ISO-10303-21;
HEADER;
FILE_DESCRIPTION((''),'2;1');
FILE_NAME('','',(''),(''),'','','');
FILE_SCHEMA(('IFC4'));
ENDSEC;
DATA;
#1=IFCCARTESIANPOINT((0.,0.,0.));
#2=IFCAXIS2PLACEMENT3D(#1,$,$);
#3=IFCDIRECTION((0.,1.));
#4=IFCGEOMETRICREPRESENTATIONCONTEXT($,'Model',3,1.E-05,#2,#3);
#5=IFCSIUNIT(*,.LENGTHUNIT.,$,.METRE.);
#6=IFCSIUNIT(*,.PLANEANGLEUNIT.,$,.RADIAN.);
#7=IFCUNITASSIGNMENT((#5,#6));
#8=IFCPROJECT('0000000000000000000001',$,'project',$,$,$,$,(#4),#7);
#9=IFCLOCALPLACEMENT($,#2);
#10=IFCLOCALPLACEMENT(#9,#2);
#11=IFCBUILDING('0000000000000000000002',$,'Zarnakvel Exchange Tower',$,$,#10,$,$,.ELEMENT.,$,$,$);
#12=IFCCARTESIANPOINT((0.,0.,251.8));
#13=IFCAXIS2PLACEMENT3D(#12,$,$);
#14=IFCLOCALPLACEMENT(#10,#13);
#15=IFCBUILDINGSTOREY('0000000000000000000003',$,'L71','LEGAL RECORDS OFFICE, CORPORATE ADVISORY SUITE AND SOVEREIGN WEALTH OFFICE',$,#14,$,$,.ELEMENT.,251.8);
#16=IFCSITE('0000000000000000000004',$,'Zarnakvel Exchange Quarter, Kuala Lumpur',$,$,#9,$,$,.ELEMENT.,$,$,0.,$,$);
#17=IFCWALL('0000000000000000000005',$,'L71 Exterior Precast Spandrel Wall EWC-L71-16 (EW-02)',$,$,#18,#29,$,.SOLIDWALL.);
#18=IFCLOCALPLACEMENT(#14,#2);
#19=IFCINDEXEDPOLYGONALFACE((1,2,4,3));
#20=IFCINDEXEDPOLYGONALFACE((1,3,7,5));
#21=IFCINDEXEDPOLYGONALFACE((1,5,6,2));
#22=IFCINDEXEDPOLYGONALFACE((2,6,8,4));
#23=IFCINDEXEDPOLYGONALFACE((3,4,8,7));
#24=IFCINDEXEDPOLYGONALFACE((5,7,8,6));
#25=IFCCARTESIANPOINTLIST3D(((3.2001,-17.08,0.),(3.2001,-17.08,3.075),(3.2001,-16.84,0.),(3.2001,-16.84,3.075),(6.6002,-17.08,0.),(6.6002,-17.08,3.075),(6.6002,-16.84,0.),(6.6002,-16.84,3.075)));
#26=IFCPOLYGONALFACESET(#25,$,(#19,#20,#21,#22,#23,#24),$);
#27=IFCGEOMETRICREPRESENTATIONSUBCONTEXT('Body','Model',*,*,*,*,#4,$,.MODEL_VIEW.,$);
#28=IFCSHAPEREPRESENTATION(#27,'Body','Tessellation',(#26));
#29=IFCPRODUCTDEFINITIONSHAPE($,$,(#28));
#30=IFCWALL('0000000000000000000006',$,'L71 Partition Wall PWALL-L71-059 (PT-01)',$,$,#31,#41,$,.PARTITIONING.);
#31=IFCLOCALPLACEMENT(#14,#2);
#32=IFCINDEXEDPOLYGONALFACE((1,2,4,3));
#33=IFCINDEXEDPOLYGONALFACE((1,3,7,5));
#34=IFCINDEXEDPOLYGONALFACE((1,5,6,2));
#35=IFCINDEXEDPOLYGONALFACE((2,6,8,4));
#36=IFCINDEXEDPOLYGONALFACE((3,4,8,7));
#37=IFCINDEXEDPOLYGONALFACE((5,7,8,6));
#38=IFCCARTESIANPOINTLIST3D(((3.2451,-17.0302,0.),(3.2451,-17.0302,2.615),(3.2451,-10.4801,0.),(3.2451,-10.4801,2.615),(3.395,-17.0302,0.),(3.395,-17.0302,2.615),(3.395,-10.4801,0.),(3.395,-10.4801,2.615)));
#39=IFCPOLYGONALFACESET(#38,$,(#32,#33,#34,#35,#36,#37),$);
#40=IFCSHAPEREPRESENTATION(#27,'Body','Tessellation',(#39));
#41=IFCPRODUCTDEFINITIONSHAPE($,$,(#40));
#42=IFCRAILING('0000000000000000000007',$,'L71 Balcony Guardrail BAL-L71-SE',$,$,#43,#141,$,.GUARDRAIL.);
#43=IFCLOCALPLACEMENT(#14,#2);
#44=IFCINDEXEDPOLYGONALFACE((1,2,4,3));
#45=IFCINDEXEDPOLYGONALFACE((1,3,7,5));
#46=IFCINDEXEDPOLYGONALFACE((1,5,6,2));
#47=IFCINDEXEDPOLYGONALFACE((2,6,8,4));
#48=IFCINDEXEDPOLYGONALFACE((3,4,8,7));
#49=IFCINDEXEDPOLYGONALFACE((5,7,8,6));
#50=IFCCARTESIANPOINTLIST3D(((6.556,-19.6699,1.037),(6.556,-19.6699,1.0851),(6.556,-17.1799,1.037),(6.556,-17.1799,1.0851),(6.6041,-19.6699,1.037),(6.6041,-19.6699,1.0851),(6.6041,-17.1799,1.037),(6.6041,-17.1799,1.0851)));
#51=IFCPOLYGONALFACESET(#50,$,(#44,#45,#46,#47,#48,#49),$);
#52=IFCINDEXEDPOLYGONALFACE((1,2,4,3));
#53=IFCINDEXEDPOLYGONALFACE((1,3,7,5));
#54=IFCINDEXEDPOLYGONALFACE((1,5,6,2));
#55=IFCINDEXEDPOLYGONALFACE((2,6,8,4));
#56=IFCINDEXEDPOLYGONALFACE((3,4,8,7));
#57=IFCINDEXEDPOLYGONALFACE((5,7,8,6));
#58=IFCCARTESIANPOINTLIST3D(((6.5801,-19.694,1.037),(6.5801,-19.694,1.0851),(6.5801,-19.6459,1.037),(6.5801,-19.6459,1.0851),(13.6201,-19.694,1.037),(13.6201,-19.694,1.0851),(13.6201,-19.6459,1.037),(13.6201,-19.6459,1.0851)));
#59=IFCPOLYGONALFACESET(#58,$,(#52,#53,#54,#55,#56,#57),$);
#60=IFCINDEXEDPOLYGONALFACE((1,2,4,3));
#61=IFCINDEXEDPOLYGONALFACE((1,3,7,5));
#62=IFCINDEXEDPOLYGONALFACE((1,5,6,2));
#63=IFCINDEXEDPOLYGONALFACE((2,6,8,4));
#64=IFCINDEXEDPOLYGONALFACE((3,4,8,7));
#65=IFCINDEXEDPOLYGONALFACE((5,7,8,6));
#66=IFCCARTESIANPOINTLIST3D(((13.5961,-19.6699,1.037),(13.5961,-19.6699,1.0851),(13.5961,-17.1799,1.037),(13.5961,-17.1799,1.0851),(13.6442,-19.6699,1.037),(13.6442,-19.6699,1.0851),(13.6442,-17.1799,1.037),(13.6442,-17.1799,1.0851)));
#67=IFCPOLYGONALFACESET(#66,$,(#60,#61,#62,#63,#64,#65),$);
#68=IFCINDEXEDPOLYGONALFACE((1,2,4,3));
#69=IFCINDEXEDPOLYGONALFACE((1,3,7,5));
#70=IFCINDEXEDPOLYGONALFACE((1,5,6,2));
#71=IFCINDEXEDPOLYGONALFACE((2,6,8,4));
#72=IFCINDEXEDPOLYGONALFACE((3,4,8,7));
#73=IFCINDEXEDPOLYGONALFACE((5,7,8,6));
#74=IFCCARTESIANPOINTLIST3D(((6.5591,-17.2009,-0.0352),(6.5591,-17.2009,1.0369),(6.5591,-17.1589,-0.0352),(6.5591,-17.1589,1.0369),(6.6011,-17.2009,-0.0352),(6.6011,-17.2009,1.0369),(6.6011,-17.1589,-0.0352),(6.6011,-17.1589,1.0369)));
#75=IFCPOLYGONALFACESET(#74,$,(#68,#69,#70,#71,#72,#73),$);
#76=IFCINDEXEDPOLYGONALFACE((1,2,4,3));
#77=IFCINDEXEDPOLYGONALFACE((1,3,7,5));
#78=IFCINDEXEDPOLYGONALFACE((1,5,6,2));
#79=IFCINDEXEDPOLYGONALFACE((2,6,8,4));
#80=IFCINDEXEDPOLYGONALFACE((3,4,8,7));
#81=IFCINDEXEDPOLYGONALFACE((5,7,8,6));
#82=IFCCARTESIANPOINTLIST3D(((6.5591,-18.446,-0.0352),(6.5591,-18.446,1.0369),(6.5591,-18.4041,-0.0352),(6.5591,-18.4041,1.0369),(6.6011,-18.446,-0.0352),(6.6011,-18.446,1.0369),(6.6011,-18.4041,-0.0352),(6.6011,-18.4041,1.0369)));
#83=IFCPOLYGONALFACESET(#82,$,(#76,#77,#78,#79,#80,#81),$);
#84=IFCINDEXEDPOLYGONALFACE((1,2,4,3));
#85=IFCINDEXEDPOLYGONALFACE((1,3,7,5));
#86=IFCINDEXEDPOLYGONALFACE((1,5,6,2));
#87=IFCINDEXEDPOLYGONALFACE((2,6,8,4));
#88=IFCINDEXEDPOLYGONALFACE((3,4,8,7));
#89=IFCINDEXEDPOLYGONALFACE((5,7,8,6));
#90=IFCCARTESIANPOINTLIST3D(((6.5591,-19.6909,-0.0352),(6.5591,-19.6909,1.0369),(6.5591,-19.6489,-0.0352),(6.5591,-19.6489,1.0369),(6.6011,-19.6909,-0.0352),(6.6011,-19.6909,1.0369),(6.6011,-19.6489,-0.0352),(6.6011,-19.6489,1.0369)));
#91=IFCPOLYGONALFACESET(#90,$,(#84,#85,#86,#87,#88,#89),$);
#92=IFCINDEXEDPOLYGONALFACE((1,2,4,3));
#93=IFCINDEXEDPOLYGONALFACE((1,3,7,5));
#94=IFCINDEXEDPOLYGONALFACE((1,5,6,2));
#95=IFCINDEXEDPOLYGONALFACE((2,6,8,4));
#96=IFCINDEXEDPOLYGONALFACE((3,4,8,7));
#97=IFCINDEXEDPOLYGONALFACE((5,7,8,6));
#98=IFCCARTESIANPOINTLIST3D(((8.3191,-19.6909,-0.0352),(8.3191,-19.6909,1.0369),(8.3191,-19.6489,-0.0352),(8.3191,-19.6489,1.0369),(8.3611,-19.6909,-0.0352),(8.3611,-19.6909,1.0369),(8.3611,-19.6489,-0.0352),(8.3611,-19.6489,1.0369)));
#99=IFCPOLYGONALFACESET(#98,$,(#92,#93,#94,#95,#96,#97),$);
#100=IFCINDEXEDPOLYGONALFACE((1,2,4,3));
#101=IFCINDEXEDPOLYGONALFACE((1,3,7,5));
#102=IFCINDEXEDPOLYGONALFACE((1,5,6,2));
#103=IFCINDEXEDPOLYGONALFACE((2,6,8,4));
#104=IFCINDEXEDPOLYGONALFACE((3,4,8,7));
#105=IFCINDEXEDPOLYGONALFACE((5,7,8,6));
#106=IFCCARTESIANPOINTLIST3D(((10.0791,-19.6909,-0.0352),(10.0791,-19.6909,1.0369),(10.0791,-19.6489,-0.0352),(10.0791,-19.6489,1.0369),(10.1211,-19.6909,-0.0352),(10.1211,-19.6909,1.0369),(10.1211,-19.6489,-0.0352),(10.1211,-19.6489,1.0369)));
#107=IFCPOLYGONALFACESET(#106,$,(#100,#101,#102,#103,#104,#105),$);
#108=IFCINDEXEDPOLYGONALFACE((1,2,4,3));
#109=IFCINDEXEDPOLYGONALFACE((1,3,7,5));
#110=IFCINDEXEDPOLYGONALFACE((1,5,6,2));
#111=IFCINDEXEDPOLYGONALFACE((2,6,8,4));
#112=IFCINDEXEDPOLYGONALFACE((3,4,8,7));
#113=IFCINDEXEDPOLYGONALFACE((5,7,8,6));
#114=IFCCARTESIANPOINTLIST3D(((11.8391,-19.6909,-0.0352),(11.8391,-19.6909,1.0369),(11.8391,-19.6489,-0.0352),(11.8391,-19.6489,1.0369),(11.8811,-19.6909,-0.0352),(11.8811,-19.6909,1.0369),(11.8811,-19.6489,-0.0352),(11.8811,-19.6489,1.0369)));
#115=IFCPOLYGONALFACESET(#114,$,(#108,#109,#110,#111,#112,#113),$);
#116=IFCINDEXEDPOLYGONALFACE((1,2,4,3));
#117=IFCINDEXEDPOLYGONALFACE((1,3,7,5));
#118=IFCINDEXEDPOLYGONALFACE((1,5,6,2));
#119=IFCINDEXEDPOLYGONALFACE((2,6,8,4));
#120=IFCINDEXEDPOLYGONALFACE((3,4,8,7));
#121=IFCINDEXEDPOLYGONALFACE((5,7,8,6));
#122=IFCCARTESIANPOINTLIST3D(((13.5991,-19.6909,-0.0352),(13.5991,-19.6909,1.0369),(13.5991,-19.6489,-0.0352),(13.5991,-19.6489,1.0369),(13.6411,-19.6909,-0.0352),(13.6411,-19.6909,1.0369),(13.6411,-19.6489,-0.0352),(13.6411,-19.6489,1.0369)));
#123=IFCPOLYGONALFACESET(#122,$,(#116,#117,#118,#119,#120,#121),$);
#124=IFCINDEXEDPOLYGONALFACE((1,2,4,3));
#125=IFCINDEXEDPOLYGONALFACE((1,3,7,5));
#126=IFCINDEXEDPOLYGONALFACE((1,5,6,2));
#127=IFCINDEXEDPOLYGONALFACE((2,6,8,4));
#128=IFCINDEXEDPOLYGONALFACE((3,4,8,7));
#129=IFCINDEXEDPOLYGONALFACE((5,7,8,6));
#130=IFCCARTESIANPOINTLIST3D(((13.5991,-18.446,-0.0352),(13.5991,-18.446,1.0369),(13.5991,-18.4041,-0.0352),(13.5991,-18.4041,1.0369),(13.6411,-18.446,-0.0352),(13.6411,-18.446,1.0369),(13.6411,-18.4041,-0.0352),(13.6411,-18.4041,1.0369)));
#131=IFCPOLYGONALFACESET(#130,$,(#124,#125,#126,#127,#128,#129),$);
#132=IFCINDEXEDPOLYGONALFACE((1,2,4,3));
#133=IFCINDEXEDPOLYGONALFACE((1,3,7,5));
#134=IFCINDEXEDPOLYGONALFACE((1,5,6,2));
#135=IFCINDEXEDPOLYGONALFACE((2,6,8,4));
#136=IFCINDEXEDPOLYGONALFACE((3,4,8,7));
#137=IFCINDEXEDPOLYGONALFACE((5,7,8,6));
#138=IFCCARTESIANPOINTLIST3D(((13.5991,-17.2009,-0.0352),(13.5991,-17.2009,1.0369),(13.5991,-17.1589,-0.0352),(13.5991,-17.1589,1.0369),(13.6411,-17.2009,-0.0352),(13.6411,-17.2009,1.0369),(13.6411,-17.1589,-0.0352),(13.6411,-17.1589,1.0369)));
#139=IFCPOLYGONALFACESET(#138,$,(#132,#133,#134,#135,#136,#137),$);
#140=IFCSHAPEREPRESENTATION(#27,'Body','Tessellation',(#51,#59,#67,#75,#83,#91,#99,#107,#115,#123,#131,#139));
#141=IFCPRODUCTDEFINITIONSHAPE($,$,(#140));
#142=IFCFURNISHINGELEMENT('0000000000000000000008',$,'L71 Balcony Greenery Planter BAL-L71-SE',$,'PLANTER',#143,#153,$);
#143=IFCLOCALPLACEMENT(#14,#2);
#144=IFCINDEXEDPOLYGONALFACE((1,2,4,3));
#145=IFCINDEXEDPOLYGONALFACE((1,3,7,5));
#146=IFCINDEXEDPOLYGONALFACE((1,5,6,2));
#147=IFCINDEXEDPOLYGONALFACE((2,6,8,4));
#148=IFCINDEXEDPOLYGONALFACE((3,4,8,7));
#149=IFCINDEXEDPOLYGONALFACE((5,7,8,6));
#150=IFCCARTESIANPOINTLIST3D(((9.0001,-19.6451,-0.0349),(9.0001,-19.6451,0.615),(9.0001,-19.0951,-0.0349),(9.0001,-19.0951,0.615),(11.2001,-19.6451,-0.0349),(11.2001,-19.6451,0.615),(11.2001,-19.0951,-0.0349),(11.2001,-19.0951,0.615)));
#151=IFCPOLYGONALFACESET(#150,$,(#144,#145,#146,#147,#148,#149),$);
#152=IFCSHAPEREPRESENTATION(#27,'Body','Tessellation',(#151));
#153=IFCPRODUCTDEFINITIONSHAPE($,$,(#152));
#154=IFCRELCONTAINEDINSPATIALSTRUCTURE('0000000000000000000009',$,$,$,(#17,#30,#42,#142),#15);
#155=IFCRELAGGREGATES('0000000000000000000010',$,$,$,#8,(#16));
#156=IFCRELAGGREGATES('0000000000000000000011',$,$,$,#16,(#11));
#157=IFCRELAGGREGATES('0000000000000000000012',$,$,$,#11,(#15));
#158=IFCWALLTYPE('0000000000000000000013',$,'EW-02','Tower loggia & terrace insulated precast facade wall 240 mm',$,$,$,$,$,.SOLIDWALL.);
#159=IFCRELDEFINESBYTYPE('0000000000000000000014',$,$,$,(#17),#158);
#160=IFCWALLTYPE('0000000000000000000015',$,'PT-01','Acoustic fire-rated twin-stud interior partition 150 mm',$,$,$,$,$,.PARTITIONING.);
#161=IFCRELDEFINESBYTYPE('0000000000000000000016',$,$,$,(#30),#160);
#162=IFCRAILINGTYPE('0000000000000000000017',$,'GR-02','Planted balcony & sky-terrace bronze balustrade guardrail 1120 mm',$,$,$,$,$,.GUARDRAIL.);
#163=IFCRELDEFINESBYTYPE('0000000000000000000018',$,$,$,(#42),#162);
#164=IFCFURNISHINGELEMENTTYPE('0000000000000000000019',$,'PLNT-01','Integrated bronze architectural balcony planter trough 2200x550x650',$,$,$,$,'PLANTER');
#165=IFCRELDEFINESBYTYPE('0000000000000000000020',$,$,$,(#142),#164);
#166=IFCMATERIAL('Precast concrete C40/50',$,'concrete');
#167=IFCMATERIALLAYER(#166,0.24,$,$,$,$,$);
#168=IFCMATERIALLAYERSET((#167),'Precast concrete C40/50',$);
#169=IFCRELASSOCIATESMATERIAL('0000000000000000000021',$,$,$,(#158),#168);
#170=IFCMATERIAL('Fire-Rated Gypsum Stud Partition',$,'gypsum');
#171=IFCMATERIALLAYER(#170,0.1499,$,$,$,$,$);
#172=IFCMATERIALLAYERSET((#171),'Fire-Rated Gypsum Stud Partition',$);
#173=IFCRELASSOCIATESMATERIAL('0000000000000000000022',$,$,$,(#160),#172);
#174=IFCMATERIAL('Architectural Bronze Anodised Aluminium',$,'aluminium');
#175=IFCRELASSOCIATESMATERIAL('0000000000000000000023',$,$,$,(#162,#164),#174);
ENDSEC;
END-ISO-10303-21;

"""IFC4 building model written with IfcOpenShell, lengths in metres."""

from ifc_helpers import new_model, si_unit, direction, frame, frame_2d, origin, origin_2d, place, context, subcontext, project, spatial, rectangle, extrude, source, transform, mapped, material, layer, layer_set, type_object, element, save


model = new_model("IFC4")

# Units and contexts
model_context = context("Model", 3, precision=1e-05, world=origin(), true_north=direction((0.0, 1.0)))
body_context = subcontext(model_context, "Body", "Model", "MODEL_VIEW")
ifc_project = project(units=[si_unit("LENGTHUNIT", "METRE"), si_unit("PLANEANGLEUNIT", "RADIAN")], contexts=[model_context])

# Site, building, storey
site_placement = place(None, origin())
site = spatial("IfcSite", under=ifc_project, at=site_placement, Name="Zarnakvel Exchange Quarter, Kuala Lumpur", CompositionType="ELEMENT", RefElevation=0.0)
building_placement = place(site_placement, origin())
building = spatial("IfcBuilding", under=site, at=building_placement, Name="Zarnakvel Exchange Tower", CompositionType="ELEMENT")
storey_placement = place(building_placement, frame((0.0, 0.0, 251.8)))
storey = spatial("IfcBuildingStorey", under=building, at=storey_placement, Name="L71", Description="LEGAL RECORDS OFFICE, CORPORATE ADVISORY SUITE AND SOVEREIGN WEALTH OFFICE", CompositionType="ELEMENT", Elevation=251.8)

# Shared definitions
ifc_material_1 = material(Name="Architectural Bronze Anodised Aluminium", Category="aluminium")

# Shared definitions
ifc_material_2 = material(Name="Precast concrete C40/50", Category="concrete")
ifc_layer_1 = layer(ifc_material_2, 0.24)
ifc_layer_set_1 = layer_set([ifc_layer_1], Name="Precast concrete C40/50")
wall_type_1 = type_object("IfcWallType", Name="EW-02", Description="Tower loggia & terrace insulated precast facade wall 240 mm", PredefinedType="SOLIDWALL", material=ifc_layer_set_1)

# Walls
wall_1_placement = place(storey_placement, frame((3.2, -16.96, 0.0), z_axis=(0.0, 0.0, 1.0), x_axis=(1.0, 0.0, 0.0)))
element("IfcWall", 1, at=wall_1_placement, inside=storey, type_object=wall_type_1, Name="L71 Exterior Precast Spandrel Wall EWC-L71-16 (EW-02)", PredefinedType="SOLIDWALL", context=body_context, shape_type="SweptSolid", body=[
    extrude(rectangle(XDim=3.4001, YDim=0.24, at=frame_2d((1.7002, 0.0))), origin(), (0.0, 0.0, 1.0), 3.075),
])
ifc_material_3 = material(Name="Fire-Rated Gypsum Stud Partition", Category="gypsum")
ifc_layer_2 = layer(ifc_material_3, 0.1499)
ifc_layer_set_2 = layer_set([ifc_layer_2], Name="Fire-Rated Gypsum Stud Partition")
wall_type_2 = type_object("IfcWallType", Name="PT-01", Description="Acoustic fire-rated twin-stud interior partition 150 mm", PredefinedType="PARTITIONING", material=ifc_layer_set_2)
wall_2_placement = place(storey_placement, frame((3.3201, -17.03, 0.0), z_axis=(0.0, 0.0, 1.0), x_axis=(0.0, 1.0, 0.0)))
element("IfcWall", 2, at=wall_2_placement, inside=storey, type_object=wall_type_2, Name="L71 Partition Wall PWALL-L71-059 (PT-01)", PredefinedType="PARTITIONING", context=body_context, shape_type="SweptSolid", body=[
    extrude(rectangle(XDim=6.55, YDim=0.1499, at=frame_2d((3.2749, 0.0))), origin(), (0.0, 0.0, 1.0), 2.615),
])

# Railing
railing_type = type_object("IfcRailingType", Name="GR-02", Description="Planted balcony & sky-terrace bronze balustrade guardrail 1120 mm", PredefinedType="GUARDRAIL", material=ifc_material_1)
railing_placement = place(storey_placement, frame((6.5801, -17.1799, -0.0352)))
element("IfcRailing", 3, at=railing_placement, inside=storey, type_object=railing_type, Name="L71 Balcony Guardrail BAL-L71-SE", PredefinedType="GUARDRAIL", context=body_context, shape_type="SweptSolid", body=[
    extrude(rectangle(XDim=0.0481, YDim=0.0481, at=origin_2d()), frame((0.0, 0.0, 1.0962), z_axis=(0.0, -1.0, 0.0), x_axis=(1.0, 0.0, 0.0)), (0.0, 0.0, 1.0), 2.49),
    extrude(rectangle(XDim=0.0481, YDim=0.0481, at=origin_2d()), frame((0.0, -2.49, 1.0962), z_axis=(1.0, 0.0, 0.0), x_axis=(0.0, 1.0, 0.0)), (0.0, 0.0, 1.0), 7.04),
    extrude(rectangle(XDim=0.0481, YDim=0.0481, at=origin_2d()), frame((7.04, -2.49, 1.0962), z_axis=(0.0, 1.0, 0.0), x_axis=(-1.0, 0.0, 0.0)), (0.0, 0.0, 1.0), 2.49),
    extrude(rectangle(XDim=0.042, YDim=0.042, at=origin_2d()), origin(), (0.0, 0.0, 1.0), 1.072),
    extrude(rectangle(XDim=0.042, YDim=0.042, at=origin_2d()), frame((0.0, -1.2451, 0.0)), (0.0, 0.0, 1.0), 1.072),
    extrude(rectangle(XDim=0.042, YDim=0.042, at=origin_2d()), frame((0.0, -2.49, 0.0)), (0.0, 0.0, 1.0), 1.072),
    extrude(rectangle(XDim=0.042, YDim=0.042, at=origin_2d()), frame((1.76, -2.49, 0.0)), (0.0, 0.0, 1.0), 1.072),
    extrude(rectangle(XDim=0.042, YDim=0.042, at=origin_2d()), frame((3.52, -2.49, 0.0)), (0.0, 0.0, 1.0), 1.072),
    extrude(rectangle(XDim=0.042, YDim=0.042, at=origin_2d()), frame((5.28, -2.49, 0.0)), (0.0, 0.0, 1.0), 1.072),
    extrude(rectangle(XDim=0.042, YDim=0.042, at=origin_2d()), frame((7.04, -2.49, 0.0)), (0.0, 0.0, 1.0), 1.072),
    extrude(rectangle(XDim=0.042, YDim=0.042, at=origin_2d()), frame((7.04, -1.2451, 0.0)), (0.0, 0.0, 1.0), 1.072),
    extrude(rectangle(XDim=0.042, YDim=0.042, at=origin_2d()), frame((7.04, 0.0, 0.0)), (0.0, 0.0, 1.0), 1.072),
])

# Furnishing element
furnishing_element_type = type_object("IfcFurnishingElementType", Name="PLNT-01", Description="Integrated bronze architectural balcony planter trough 2200x550x650", ElementType="PLANTER", material=ifc_material_1)
shared_shape_1 = source(origin(), body_context, "Body", "SweptSolid", [
    extrude(rectangle(XDim=2.2, YDim=0.55, at=origin_2d()), origin(), (0.0, 0.0, 1.0), 0.6499),
])
furnishing_placement = place(storey_placement, frame((10.1001, -19.3701, -0.0349), z_axis=(0.0, 0.0, 1.0), x_axis=(1.0, 0.0, 0.0)))
element("IfcFurnishingElement", 4, at=furnishing_placement, inside=storey, type_object=furnishing_element_type, Name="L71 Balcony Greenery Planter BAL-L71-SE", ObjectType="PLANTER", context=body_context, shape_type="MappedRepresentation", body=[
    mapped(shared_shape_1, transform((0.0, 0.0, 0.0), x_axis=(1.0, 0.0, 0.0), y_axis=(0.0, 1.0, 0.0), z_axis=(0.0, 0.0, 1.0), scale=1.0)),
])

save(model, "model.ifc")
